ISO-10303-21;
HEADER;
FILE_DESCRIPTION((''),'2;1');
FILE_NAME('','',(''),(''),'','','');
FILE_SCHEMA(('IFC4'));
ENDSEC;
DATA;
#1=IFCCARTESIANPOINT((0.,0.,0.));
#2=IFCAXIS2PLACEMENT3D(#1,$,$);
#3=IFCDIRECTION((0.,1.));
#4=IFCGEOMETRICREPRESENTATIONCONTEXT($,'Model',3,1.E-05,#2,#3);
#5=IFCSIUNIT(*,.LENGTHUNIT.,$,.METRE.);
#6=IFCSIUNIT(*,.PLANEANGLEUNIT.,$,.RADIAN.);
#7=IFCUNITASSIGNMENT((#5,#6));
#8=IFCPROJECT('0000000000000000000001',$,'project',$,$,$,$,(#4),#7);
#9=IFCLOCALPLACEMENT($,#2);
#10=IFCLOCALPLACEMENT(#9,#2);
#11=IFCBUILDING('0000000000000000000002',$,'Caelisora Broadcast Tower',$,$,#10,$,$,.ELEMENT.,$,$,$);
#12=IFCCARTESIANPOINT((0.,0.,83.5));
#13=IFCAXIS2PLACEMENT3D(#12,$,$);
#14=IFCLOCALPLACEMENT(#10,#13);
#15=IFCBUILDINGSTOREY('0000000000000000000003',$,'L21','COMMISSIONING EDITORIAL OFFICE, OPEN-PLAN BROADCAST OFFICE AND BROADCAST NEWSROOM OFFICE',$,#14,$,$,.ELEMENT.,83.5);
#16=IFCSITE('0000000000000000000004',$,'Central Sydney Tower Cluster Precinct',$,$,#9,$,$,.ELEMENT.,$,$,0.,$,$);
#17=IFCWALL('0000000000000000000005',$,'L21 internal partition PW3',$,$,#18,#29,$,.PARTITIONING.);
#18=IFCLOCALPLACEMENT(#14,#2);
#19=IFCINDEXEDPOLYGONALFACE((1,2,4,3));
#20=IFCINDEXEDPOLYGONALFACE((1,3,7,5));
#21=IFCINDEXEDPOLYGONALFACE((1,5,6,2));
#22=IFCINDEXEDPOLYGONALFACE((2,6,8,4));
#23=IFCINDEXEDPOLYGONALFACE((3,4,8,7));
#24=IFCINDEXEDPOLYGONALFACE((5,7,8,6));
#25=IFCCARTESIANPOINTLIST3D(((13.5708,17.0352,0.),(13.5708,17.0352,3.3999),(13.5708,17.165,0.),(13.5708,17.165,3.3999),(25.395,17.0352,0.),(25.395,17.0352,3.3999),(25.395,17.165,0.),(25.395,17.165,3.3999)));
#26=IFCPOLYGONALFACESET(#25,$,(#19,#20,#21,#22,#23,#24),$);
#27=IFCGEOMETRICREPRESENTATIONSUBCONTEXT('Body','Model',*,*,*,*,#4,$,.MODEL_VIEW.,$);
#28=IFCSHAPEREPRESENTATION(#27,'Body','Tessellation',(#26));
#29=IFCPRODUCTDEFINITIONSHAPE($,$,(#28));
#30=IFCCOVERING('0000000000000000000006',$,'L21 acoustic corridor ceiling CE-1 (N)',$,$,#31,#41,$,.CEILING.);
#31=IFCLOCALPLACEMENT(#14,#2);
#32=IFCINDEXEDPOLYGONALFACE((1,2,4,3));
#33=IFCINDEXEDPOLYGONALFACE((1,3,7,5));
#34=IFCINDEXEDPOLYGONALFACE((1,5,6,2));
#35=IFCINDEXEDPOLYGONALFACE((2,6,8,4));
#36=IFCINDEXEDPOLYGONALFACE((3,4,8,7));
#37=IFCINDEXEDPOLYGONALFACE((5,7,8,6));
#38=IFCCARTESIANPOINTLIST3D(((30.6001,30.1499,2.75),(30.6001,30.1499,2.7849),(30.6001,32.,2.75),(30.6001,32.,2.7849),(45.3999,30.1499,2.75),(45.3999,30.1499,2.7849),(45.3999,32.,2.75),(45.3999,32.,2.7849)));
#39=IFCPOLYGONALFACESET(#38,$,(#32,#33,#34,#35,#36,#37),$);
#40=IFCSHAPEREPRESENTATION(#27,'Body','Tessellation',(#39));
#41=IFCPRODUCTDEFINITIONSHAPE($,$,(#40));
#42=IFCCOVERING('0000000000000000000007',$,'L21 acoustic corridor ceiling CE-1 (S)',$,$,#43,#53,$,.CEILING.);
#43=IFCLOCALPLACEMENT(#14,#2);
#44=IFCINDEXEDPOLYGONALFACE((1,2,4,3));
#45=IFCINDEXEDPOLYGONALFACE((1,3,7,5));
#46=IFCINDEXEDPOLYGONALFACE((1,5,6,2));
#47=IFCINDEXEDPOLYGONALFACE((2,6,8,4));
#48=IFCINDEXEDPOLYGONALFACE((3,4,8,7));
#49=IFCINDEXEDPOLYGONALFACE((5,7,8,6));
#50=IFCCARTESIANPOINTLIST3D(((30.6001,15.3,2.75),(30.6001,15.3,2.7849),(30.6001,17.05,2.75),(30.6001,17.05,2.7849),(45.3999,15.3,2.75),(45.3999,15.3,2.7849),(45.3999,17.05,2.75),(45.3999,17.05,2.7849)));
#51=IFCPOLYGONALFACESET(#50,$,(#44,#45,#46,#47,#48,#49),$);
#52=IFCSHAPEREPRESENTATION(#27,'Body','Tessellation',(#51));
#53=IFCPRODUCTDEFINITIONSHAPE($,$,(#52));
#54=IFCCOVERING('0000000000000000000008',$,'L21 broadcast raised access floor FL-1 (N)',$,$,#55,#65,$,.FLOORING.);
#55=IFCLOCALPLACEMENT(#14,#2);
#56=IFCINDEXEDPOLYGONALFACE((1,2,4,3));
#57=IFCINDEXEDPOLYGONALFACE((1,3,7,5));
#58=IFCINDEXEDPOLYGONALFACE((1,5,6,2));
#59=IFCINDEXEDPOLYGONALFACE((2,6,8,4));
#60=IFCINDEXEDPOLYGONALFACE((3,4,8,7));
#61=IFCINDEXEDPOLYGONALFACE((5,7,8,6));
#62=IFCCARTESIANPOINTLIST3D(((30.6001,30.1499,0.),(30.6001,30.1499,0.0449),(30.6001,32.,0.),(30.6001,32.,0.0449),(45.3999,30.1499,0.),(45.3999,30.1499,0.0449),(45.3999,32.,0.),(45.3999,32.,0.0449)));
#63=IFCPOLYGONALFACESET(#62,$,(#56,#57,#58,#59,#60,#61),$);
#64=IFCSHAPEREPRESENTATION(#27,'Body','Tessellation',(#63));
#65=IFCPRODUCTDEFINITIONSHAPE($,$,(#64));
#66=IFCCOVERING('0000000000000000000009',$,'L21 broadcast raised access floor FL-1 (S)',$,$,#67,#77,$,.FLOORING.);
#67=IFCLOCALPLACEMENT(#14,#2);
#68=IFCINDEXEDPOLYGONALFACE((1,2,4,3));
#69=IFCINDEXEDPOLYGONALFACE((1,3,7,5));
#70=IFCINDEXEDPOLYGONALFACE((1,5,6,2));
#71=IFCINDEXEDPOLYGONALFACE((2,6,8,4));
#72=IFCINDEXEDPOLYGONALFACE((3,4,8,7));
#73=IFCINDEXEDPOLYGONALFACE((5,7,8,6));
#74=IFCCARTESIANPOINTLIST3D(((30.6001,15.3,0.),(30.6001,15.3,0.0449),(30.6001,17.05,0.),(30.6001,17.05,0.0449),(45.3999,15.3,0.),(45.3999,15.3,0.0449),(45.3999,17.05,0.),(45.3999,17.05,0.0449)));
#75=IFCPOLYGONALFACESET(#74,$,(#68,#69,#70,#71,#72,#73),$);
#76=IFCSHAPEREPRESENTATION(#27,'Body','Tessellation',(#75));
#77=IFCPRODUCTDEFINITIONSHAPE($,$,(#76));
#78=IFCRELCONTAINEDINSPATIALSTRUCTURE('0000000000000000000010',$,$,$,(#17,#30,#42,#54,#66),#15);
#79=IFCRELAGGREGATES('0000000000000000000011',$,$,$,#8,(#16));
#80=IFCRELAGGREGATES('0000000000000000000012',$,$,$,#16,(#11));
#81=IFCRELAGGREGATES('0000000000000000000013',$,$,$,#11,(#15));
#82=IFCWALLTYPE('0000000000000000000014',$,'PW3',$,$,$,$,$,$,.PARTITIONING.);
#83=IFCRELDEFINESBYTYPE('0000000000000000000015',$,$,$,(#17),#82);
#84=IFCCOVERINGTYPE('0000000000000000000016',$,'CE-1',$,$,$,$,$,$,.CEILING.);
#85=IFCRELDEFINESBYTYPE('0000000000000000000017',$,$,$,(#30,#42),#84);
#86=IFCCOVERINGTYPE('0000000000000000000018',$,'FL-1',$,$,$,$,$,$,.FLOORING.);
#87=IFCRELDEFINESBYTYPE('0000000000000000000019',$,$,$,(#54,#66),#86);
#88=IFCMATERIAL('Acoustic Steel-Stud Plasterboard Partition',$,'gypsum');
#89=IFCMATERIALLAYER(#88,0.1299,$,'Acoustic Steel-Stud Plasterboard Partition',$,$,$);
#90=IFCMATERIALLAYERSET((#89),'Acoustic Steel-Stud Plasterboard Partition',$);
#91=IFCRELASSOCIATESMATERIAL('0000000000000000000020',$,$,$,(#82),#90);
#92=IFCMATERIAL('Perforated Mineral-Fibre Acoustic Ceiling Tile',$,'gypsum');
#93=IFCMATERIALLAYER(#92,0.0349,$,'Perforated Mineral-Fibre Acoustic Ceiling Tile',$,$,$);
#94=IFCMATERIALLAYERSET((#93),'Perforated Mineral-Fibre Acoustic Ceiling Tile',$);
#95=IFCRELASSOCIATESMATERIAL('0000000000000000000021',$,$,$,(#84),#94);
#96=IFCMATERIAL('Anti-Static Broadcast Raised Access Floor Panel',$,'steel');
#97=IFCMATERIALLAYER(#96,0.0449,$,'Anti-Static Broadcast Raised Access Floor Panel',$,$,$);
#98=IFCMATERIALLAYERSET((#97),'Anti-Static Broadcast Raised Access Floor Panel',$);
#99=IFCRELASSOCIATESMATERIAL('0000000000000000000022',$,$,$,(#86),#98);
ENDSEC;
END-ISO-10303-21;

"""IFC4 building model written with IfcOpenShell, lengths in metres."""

from ifc_helpers import new_model, si_unit, direction, frame, frame_2d, origin, place, context, subcontext, project, spatial, polyline, rectangle, outline, extrude, material, layer, layer_set, type_object, element, save


model = new_model("IFC4")

# Units and contexts
model_context = context("Model", 3, precision=1e-05, world=origin(), true_north=direction((0.0, 1.0)))
body_context = subcontext(model_context, "Body", "Model", "MODEL_VIEW")
ifc_project = project(units=[si_unit("LENGTHUNIT", "METRE"), si_unit("PLANEANGLEUNIT", "RADIAN")], contexts=[model_context])

# Site, building, storey
site_placement = place(None, origin())
site = spatial("IfcSite", under=ifc_project, at=site_placement, Name="Central Sydney Tower Cluster Precinct", CompositionType="ELEMENT", RefElevation=0.0)
building_placement = place(site_placement, origin())
building = spatial("IfcBuilding", under=site, at=building_placement, Name="Caelisora Broadcast Tower", CompositionType="ELEMENT")
storey_placement = place(building_placement, frame((0.0, 0.0, 83.5)))
storey = spatial("IfcBuildingStorey", under=building, at=storey_placement, Name="L21", Description="COMMISSIONING EDITORIAL OFFICE, OPEN-PLAN BROADCAST OFFICE AND BROADCAST NEWSROOM OFFICE", CompositionType="ELEMENT", Elevation=83.5)

# Shared definitions
ifc_material_1 = material(Name="Acoustic Steel-Stud Plasterboard Partition", Category="gypsum")
ifc_layer_1 = layer(ifc_material_1, 0.1299, Name="Acoustic Steel-Stud Plasterboard Partition")
ifc_layer_set_1 = layer_set([ifc_layer_1], Name="Acoustic Steel-Stud Plasterboard Partition")
wall_type_1 = type_object("IfcWallType", Name="PW3", PredefinedType="PARTITIONING", material=ifc_layer_set_1)

# Wall
wall_1_placement = place(storey_placement, frame((13.5708, 17.1001, 0.0), z_axis=(0.0, 0.0, 1.0), x_axis=(1.0, 0.0, 0.0)))
element("IfcWall", 1, at=wall_1_placement, inside=storey, type_object=wall_type_1, Name="L21 internal partition PW3", PredefinedType="PARTITIONING", context=body_context, shape_type="SweptSolid", body=[
    extrude(rectangle(XDim=11.8242, YDim=0.1299, at=frame_2d((5.9121, 0.0))), origin(), (0.0, 0.0, 1.0), 3.3999),
])

# Coverings
ifc_material_2 = material(Name="Perforated Mineral-Fibre Acoustic Ceiling Tile", Category="gypsum")
ifc_layer_2 = layer(ifc_material_2, 0.0349, Name="Perforated Mineral-Fibre Acoustic Ceiling Tile")
ifc_layer_set_2 = layer_set([ifc_layer_2], Name="Perforated Mineral-Fibre Acoustic Ceiling Tile")
covering_type_1 = type_object("IfcCoveringType", Name="CE-1", PredefinedType="CEILING", material=ifc_layer_set_2)
covering_1_placement = place(storey_placement, frame((0.0, 0.0, 2.75)))
element("IfcCovering", 2, at=covering_1_placement, inside=storey, type_object=covering_type_1, Name="L21 acoustic corridor ceiling CE-1 (N)", PredefinedType="CEILING", context=body_context, shape_type="SweptSolid", body=[
    extrude(outline(polyline([(30.6001, 30.1499), (45.3999, 30.1499), (45.3999, 32.0), (30.6001, 32.0), (30.6001, 30.1499)])), origin(), (0.0, 0.0, 1.0), 0.0349),
])
covering_2_placement = place(storey_placement, frame((0.0, 0.0, 2.75)))
element("IfcCovering", 3, at=covering_2_placement, inside=storey, type_object=covering_type_1, Name="L21 acoustic corridor ceiling CE-1 (S)", PredefinedType="CEILING", context=body_context, shape_type="SweptSolid", body=[
    extrude(outline(polyline([(30.6001, 15.3), (45.3999, 15.3), (45.3999, 17.05), (30.6001, 17.05), (30.6001, 15.3)])), origin(), (0.0, 0.0, 1.0), 0.0349),
])
ifc_material_3 = material(Name="Anti-Static Broadcast Raised Access Floor Panel", Category="steel")
ifc_layer_3 = layer(ifc_material_3, 0.0449, Name="Anti-Static Broadcast Raised Access Floor Panel")
ifc_layer_set_3 = layer_set([ifc_layer_3], Name="Anti-Static Broadcast Raised Access Floor Panel")
covering_type_2 = type_object("IfcCoveringType", Name="FL-1", PredefinedType="FLOORING", material=ifc_layer_set_3)
covering_3_placement = place(storey_placement, origin())
element("IfcCovering", 4, at=covering_3_placement, inside=storey, type_object=covering_type_2, Name="L21 broadcast raised access floor FL-1 (N)", PredefinedType="FLOORING", context=body_context, shape_type="SweptSolid", body=[
    extrude(outline(polyline([(30.6001, 30.1499), (45.3999, 30.1499), (45.3999, 32.0), (30.6001, 32.0), (30.6001, 30.1499)])), origin(), (0.0, 0.0, 1.0), 0.0449),
])
covering_4_placement = place(storey_placement, origin())
element("IfcCovering", 5, at=covering_4_placement, inside=storey, type_object=covering_type_2, Name="L21 broadcast raised access floor FL-1 (S)", PredefinedType="FLOORING", context=body_context, shape_type="SweptSolid", body=[
    extrude(outline(polyline([(30.6001, 15.3), (45.3999, 15.3), (45.3999, 17.05), (30.6001, 17.05), (30.6001, 15.3)])), origin(), (0.0, 0.0, 1.0), 0.0449),
])

save(model, "model.ifc")
